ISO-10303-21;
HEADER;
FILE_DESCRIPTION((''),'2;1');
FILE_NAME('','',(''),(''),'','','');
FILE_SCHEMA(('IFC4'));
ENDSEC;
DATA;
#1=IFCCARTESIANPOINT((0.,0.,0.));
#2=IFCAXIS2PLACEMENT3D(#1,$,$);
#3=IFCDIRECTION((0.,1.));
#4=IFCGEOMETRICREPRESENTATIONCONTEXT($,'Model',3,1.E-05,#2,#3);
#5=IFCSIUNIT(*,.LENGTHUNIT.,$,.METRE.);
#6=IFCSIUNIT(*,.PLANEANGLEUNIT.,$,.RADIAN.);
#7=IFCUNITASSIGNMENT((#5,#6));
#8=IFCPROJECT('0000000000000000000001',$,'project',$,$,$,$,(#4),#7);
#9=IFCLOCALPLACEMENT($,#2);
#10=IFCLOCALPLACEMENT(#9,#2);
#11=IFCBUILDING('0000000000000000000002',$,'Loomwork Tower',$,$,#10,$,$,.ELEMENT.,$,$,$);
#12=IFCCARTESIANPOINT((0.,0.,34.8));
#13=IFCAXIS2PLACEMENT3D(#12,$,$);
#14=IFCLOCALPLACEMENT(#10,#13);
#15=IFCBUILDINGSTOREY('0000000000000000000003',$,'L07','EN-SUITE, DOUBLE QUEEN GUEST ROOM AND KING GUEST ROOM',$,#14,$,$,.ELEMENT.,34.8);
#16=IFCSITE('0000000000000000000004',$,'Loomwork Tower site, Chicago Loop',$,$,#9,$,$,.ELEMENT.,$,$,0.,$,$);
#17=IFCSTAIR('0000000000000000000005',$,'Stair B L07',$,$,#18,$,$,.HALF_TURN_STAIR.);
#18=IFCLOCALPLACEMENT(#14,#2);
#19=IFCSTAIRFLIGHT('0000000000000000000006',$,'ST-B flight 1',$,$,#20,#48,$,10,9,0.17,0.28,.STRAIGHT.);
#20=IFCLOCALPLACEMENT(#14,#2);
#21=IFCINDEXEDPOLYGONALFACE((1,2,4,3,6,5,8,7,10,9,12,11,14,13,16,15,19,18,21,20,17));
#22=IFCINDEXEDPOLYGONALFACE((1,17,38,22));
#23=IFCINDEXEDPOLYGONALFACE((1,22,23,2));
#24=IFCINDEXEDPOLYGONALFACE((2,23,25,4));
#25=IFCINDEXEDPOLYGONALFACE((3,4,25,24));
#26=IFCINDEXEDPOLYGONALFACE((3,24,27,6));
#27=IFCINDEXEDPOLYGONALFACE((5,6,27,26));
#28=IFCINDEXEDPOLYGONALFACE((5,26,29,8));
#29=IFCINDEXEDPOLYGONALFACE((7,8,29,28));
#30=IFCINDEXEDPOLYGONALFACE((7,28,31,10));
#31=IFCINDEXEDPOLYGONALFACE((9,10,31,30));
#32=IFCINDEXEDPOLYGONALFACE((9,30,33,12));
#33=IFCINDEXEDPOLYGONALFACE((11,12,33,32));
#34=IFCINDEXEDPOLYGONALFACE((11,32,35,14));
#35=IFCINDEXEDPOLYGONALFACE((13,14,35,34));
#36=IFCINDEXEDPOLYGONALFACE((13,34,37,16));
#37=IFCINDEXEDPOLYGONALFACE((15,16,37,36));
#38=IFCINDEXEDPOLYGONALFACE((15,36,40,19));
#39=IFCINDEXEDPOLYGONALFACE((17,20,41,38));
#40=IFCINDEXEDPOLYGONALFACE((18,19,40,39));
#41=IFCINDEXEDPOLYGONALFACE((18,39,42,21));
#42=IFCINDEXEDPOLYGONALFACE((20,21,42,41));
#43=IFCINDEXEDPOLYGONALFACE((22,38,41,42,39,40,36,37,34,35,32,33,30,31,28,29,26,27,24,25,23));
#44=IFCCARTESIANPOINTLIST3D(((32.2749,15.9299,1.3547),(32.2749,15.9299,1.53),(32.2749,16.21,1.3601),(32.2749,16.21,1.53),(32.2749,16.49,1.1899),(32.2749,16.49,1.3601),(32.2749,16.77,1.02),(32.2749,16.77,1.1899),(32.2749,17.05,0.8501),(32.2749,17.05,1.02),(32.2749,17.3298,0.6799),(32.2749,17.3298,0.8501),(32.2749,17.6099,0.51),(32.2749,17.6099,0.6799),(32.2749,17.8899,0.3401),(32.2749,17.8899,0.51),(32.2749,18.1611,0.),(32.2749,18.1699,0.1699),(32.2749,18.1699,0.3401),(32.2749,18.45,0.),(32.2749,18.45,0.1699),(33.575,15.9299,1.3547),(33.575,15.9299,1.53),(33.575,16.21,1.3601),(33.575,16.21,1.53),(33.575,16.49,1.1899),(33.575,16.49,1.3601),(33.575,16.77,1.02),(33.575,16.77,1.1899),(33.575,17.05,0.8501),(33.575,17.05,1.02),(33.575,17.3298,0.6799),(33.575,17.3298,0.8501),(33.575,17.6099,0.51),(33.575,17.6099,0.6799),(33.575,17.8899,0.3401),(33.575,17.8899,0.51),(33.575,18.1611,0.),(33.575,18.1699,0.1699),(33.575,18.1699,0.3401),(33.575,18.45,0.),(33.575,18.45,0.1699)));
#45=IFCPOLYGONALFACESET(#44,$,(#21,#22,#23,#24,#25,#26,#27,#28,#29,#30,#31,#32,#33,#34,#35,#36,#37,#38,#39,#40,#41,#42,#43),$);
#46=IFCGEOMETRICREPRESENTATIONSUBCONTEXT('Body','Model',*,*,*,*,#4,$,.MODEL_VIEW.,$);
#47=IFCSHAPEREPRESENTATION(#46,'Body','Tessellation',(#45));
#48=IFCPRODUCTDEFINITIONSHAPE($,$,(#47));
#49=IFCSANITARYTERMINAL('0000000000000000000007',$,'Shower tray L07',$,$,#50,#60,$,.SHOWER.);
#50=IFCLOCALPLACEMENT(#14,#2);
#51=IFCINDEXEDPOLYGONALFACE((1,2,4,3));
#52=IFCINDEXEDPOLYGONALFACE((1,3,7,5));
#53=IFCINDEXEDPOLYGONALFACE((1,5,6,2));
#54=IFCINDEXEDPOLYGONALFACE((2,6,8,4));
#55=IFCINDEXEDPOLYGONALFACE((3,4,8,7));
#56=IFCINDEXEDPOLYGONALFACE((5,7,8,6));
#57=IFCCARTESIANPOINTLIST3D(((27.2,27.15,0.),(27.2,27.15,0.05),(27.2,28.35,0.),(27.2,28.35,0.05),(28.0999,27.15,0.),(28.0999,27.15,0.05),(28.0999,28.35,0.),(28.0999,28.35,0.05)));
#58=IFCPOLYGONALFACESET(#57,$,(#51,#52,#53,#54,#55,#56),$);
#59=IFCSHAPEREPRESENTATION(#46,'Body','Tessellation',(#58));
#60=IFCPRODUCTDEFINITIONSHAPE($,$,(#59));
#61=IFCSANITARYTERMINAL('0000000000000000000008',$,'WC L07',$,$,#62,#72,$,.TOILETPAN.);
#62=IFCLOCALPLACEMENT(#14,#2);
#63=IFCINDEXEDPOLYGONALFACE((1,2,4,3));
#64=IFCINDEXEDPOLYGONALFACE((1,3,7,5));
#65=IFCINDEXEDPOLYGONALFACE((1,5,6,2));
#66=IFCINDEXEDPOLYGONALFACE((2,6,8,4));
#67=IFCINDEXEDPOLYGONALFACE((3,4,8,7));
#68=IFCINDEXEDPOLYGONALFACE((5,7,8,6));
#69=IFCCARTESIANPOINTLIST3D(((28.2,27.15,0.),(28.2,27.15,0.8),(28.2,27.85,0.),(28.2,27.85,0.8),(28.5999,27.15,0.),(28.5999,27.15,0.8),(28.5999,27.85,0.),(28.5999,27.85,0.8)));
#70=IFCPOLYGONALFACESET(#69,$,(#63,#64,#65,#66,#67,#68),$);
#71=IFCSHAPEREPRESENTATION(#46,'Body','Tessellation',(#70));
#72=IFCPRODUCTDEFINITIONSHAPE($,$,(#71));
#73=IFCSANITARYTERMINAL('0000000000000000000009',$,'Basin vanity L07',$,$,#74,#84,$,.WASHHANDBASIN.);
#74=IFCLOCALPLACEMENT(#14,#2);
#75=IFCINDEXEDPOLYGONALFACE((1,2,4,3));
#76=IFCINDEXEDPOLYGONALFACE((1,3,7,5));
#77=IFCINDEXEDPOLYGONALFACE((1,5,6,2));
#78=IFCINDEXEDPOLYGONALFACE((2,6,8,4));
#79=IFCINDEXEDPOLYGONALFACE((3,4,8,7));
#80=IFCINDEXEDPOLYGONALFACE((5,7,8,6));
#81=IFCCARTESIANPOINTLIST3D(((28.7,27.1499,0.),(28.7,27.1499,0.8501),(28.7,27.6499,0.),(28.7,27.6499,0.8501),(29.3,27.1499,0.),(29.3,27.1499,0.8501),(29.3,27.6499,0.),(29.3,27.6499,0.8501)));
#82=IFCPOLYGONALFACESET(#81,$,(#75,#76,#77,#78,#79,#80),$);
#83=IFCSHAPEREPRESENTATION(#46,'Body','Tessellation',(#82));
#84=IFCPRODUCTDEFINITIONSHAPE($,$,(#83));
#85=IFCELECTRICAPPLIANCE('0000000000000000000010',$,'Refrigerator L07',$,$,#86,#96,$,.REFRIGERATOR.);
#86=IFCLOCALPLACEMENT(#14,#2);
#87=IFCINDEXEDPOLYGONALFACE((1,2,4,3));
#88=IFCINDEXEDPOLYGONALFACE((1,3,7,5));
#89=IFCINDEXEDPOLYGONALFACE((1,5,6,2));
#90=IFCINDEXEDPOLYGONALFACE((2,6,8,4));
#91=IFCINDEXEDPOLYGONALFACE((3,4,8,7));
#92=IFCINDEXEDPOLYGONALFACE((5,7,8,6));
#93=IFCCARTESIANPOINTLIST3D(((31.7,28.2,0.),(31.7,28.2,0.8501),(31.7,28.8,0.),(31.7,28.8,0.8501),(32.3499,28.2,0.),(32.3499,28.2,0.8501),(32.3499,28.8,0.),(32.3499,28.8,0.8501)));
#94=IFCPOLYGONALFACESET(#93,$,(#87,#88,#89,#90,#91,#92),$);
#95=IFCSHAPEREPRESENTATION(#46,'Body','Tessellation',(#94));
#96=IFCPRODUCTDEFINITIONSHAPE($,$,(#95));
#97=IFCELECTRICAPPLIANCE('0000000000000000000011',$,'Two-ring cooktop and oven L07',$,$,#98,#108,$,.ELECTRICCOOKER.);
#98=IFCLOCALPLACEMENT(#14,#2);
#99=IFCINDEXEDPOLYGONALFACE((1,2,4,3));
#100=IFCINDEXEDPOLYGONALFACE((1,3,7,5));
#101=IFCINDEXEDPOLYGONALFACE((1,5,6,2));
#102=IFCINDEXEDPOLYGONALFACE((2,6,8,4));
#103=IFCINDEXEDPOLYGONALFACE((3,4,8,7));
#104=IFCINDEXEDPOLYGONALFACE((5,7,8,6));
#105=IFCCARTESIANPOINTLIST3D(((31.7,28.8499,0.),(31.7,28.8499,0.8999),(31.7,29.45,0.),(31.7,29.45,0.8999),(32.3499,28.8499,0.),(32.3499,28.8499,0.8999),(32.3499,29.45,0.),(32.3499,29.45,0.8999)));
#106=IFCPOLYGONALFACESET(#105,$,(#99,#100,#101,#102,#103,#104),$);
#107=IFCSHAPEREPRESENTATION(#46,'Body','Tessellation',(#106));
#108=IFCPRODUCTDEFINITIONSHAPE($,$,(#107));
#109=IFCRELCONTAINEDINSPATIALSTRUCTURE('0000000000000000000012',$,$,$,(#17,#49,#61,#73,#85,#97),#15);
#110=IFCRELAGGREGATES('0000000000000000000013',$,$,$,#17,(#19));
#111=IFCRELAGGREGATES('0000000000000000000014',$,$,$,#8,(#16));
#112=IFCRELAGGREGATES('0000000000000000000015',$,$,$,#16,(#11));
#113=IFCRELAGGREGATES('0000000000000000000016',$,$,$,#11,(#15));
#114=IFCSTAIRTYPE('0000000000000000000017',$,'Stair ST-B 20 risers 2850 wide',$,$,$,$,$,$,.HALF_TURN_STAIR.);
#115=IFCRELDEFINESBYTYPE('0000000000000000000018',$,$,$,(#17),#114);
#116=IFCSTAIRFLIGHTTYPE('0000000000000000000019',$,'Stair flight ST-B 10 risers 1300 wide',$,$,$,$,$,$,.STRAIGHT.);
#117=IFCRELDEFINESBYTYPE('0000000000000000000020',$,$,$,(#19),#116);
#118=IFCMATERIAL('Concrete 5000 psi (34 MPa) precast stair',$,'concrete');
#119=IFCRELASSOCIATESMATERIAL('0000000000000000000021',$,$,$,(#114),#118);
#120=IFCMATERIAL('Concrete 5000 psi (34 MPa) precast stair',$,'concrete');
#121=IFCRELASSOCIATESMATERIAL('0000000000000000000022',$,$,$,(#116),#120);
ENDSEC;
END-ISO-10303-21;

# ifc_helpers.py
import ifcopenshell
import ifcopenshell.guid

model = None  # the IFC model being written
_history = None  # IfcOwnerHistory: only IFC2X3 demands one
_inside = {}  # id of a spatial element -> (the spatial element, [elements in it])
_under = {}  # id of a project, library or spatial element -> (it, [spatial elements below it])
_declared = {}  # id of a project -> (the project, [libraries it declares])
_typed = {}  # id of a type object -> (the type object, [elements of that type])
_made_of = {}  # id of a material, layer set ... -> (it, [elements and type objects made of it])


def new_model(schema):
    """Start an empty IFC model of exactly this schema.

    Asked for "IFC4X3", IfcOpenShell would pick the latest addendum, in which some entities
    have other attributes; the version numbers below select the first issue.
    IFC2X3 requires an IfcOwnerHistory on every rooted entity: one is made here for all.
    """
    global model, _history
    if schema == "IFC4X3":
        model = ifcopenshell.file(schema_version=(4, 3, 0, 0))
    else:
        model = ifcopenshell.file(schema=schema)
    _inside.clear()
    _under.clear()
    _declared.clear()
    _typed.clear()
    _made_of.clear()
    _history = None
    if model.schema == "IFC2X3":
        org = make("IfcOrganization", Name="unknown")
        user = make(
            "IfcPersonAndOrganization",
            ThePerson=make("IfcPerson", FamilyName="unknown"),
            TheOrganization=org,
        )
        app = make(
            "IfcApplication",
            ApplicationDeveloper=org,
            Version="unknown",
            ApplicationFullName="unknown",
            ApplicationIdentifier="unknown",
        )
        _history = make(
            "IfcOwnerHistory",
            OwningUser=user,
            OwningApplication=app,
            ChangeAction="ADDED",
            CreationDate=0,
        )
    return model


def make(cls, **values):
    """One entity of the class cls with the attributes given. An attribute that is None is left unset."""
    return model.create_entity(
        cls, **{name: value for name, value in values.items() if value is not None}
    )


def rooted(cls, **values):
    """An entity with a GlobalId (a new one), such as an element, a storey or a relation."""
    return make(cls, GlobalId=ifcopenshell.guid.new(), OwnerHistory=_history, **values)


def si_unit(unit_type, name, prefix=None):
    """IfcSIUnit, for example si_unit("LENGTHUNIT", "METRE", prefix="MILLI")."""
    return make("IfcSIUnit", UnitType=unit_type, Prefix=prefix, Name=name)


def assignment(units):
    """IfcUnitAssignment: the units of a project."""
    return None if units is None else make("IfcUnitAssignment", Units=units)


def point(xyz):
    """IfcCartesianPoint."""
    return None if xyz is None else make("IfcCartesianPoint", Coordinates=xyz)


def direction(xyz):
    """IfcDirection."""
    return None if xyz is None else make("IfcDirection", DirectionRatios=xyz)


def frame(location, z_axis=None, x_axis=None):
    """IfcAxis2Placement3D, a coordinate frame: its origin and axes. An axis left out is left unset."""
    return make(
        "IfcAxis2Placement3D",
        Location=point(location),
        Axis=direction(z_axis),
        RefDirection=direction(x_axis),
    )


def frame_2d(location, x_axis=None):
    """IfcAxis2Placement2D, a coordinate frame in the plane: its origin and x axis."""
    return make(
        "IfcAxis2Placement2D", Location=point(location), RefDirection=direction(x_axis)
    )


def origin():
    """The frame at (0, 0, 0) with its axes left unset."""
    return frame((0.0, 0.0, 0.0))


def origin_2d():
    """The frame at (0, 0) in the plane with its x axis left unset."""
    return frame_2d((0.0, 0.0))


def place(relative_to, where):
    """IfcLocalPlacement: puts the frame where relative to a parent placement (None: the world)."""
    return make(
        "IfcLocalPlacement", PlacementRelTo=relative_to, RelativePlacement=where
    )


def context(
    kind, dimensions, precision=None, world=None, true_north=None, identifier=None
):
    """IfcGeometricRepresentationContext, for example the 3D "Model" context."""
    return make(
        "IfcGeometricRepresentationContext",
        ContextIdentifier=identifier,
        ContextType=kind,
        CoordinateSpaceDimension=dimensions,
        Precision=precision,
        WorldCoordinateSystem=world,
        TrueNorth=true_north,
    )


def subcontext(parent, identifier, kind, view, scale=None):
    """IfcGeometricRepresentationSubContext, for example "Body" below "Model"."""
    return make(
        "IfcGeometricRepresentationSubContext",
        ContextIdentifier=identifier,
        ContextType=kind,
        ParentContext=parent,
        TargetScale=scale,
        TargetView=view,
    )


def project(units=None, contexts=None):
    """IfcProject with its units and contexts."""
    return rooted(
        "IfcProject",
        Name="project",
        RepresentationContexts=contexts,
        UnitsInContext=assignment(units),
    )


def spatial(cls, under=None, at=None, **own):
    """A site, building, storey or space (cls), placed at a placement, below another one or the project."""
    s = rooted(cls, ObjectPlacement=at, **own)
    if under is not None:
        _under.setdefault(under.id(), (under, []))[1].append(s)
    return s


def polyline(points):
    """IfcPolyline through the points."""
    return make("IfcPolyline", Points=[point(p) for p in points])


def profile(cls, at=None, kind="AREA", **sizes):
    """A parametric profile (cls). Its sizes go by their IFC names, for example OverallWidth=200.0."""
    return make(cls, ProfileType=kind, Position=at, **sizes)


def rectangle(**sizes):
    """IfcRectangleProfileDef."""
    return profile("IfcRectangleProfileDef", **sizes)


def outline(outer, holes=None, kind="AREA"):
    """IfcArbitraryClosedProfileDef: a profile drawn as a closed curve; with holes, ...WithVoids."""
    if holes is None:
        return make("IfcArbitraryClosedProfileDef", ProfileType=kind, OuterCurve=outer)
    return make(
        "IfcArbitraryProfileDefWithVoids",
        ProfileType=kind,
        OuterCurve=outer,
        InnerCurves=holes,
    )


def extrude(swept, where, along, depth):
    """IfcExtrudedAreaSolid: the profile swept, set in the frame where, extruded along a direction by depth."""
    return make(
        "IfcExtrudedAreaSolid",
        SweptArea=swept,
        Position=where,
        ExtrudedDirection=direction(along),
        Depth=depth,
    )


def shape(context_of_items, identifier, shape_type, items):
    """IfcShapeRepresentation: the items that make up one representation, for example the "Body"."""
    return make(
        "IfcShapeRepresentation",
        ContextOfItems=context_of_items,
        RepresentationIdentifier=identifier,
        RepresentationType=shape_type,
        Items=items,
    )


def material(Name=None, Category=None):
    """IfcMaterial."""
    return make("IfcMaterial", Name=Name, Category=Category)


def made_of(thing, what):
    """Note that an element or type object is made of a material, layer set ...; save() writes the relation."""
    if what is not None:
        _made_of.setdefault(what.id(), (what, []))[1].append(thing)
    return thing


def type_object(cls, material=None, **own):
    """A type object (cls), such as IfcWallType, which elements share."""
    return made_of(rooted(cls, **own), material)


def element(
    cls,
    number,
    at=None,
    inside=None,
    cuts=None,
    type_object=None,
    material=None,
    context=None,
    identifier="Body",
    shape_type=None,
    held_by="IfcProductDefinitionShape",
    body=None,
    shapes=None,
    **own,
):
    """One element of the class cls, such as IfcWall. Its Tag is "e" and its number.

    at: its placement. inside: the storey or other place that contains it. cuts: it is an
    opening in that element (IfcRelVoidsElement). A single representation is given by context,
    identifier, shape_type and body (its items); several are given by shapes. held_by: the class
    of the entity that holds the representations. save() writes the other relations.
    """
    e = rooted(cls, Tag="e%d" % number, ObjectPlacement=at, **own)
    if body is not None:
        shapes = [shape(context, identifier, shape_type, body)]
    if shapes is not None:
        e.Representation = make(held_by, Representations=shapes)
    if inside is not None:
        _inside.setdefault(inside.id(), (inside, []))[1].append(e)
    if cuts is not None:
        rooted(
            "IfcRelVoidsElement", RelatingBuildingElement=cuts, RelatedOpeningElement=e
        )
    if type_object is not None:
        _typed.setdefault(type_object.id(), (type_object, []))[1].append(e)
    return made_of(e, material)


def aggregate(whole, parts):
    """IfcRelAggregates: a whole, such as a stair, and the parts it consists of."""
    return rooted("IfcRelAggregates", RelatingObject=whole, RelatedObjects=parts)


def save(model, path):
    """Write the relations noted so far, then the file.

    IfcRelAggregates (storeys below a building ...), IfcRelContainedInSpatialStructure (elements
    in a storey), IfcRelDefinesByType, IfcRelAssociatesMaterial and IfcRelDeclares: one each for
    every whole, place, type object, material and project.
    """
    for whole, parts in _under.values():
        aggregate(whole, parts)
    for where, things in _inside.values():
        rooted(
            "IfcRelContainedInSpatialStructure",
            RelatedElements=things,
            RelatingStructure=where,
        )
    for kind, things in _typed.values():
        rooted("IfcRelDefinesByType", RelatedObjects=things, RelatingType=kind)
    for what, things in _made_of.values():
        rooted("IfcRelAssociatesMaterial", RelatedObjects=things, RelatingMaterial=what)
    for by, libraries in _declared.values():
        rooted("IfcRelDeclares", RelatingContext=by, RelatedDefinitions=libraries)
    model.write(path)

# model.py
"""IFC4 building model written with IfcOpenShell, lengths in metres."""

from ifc_helpers import new_model, si_unit, direction, frame, origin, origin_2d, place, context, subcontext, project, spatial, polyline, rectangle, outline, extrude, material, type_object, element, aggregate, save


model = new_model("IFC4")

# Units and contexts
model_context = context("Model", 3, precision=1e-05, world=origin(), true_north=direction((0.0, 1.0)))
body_context = subcontext(model_context, "Body", "Model", "MODEL_VIEW")
ifc_project = project(units=[si_unit("LENGTHUNIT", "METRE"), si_unit("PLANEANGLEUNIT", "RADIAN")], contexts=[model_context])

# Site, building, storey
site_placement = place(None, origin())
site = spatial("IfcSite", under=ifc_project, at=site_placement, Name="Loomwork Tower site, Chicago Loop", CompositionType="ELEMENT", RefElevation=0.0)
building_placement = place(site_placement, origin())
building = spatial("IfcBuilding", under=site, at=building_placement, Name="Loomwork Tower", CompositionType="ELEMENT")
storey_placement = place(building_placement, frame((0.0, 0.0, 34.8)))
storey = spatial("IfcBuildingStorey", under=building, at=storey_placement, Name="L07", Description="EN-SUITE, DOUBLE QUEEN GUEST ROOM AND KING GUEST ROOM", CompositionType="ELEMENT", Elevation=34.8)

# Stair, stair flight
ifc_material_1 = material(Name="Concrete 5000 psi (34 MPa) precast stair", Category="concrete")
stair_type = type_object("IfcStairType", Name="Stair ST-B 20 risers 2850 wide", PredefinedType="HALF_TURN_STAIR", material=ifc_material_1)
stair_placement = place(storey_placement, origin())
stair = element("IfcStair", 1, at=stair_placement, inside=storey, type_object=stair_type, Name="Stair B L07", PredefinedType="HALF_TURN_STAIR")
ifc_material_2 = material(Name="Concrete 5000 psi (34 MPa) precast stair", Category="concrete")
stair_flight_type = type_object("IfcStairFlightType", Name="Stair flight ST-B 10 risers 1300 wide", PredefinedType="STRAIGHT", material=ifc_material_2)
stair_flight_placement = place(storey_placement, frame((32.925, 18.45, 0.0), z_axis=(0.0, 0.0, 1.0), x_axis=(0.0, -1.0, 0.0)))
stair_flight = element("IfcStairFlight", 2, at=stair_flight_placement, type_object=stair_flight_type, Name="ST-B flight 1", NumberOfRisers=10, NumberOfTreads=9, PredefinedType="STRAIGHT", RiserHeight=0.17, TreadLength=0.28, context=body_context, shape_type="SweptSolid", body=[
    extrude(outline(polyline([(0.0, 0.0), (0.0, 0.1699), (0.28, 0.1699), (0.28, 0.3401), (0.5601, 0.3401), (0.5601, 0.51), (0.8401, 0.51), (0.8401, 0.6799), (1.1201, 0.6799), (1.1201, 0.8501), (1.3999, 0.8501), (1.3999, 1.02), (1.6799, 1.02), (1.6799, 1.1899), (1.96, 1.1899), (1.96, 1.3601), (2.24, 1.3601), (2.24, 1.53), (2.52, 1.53), (2.52, 1.7), (2.52, 1.3547), (0.2888, 0.0), (0.0, 0.0)])), frame((0.0, 0.6499, 0.0), z_axis=(0.0, -1.0, 0.0), x_axis=(1.0, 0.0, 0.0)), (0.0, 0.0, 1.0), 1.3),
])
aggregate(stair, [stair_flight])

# Sanitary terminals
sanitary_terminal_1_placement = place(storey_placement, frame((27.6499, 27.75, 0.0), z_axis=(0.0, 0.0, 1.0), x_axis=(1.0, 0.0, 0.0)))
element("IfcSanitaryTerminal", 3, at=sanitary_terminal_1_placement, inside=storey, Name="Shower tray L07", PredefinedType="SHOWER", context=body_context, shape_type="SweptSolid", body=[
    extrude(rectangle(XDim=0.8999, YDim=1.2, at=origin_2d()), origin(), (0.0, 0.0, 1.0), 0.05),
])
sanitary_terminal_2_placement = place(storey_placement, frame((28.3999, 27.5, 0.0), z_axis=(0.0, 0.0, 1.0), x_axis=(1.0, 0.0, 0.0)))
element("IfcSanitaryTerminal", 4, at=sanitary_terminal_2_placement, inside=storey, Name="WC L07", PredefinedType="TOILETPAN", context=body_context, shape_type="SweptSolid", body=[
    extrude(rectangle(XDim=0.3999, YDim=0.7, at=origin_2d()), origin(), (0.0, 0.0, 1.0), 0.8),
])
sanitary_terminal_3_placement = place(storey_placement, frame((29.0, 27.3999, 0.0), z_axis=(0.0, 0.0, 1.0), x_axis=(1.0, 0.0, 0.0)))
element("IfcSanitaryTerminal", 5, at=sanitary_terminal_3_placement, inside=storey, Name="Basin vanity L07", PredefinedType="WASHHANDBASIN", context=body_context, shape_type="SweptSolid", body=[
    extrude(rectangle(XDim=0.6001, YDim=0.5, at=origin_2d()), origin(), (0.0, 0.0, 1.0), 0.8501),
])

# Electric appliances
electric_appliance_1_placement = place(storey_placement, frame((32.0249, 28.5, 0.0), z_axis=(0.0, 0.0, 1.0), x_axis=(1.0, 0.0, 0.0)))
element("IfcElectricAppliance", 6, at=electric_appliance_1_placement, inside=storey, Name="Refrigerator L07", PredefinedType="REFRIGERATOR", context=body_context, shape_type="SweptSolid", body=[
    extrude(rectangle(XDim=0.6499, YDim=0.6001, at=origin_2d()), origin(), (0.0, 0.0, 1.0), 0.8501),
])
electric_appliance_2_placement = place(storey_placement, frame((32.0249, 29.1499, 0.0), z_axis=(0.0, 0.0, 1.0), x_axis=(1.0, 0.0, 0.0)))
element("IfcElectricAppliance", 7, at=electric_appliance_2_placement, inside=storey, Name="Two-ring cooktop and oven L07", PredefinedType="ELECTRICCOOKER", context=body_context, shape_type="SweptSolid", body=[
    extrude(rectangle(XDim=0.6499, YDim=0.6001, at=origin_2d()), origin(), (0.0, 0.0, 1.0), 0.8999),
])

save(model, "model.ifc")
